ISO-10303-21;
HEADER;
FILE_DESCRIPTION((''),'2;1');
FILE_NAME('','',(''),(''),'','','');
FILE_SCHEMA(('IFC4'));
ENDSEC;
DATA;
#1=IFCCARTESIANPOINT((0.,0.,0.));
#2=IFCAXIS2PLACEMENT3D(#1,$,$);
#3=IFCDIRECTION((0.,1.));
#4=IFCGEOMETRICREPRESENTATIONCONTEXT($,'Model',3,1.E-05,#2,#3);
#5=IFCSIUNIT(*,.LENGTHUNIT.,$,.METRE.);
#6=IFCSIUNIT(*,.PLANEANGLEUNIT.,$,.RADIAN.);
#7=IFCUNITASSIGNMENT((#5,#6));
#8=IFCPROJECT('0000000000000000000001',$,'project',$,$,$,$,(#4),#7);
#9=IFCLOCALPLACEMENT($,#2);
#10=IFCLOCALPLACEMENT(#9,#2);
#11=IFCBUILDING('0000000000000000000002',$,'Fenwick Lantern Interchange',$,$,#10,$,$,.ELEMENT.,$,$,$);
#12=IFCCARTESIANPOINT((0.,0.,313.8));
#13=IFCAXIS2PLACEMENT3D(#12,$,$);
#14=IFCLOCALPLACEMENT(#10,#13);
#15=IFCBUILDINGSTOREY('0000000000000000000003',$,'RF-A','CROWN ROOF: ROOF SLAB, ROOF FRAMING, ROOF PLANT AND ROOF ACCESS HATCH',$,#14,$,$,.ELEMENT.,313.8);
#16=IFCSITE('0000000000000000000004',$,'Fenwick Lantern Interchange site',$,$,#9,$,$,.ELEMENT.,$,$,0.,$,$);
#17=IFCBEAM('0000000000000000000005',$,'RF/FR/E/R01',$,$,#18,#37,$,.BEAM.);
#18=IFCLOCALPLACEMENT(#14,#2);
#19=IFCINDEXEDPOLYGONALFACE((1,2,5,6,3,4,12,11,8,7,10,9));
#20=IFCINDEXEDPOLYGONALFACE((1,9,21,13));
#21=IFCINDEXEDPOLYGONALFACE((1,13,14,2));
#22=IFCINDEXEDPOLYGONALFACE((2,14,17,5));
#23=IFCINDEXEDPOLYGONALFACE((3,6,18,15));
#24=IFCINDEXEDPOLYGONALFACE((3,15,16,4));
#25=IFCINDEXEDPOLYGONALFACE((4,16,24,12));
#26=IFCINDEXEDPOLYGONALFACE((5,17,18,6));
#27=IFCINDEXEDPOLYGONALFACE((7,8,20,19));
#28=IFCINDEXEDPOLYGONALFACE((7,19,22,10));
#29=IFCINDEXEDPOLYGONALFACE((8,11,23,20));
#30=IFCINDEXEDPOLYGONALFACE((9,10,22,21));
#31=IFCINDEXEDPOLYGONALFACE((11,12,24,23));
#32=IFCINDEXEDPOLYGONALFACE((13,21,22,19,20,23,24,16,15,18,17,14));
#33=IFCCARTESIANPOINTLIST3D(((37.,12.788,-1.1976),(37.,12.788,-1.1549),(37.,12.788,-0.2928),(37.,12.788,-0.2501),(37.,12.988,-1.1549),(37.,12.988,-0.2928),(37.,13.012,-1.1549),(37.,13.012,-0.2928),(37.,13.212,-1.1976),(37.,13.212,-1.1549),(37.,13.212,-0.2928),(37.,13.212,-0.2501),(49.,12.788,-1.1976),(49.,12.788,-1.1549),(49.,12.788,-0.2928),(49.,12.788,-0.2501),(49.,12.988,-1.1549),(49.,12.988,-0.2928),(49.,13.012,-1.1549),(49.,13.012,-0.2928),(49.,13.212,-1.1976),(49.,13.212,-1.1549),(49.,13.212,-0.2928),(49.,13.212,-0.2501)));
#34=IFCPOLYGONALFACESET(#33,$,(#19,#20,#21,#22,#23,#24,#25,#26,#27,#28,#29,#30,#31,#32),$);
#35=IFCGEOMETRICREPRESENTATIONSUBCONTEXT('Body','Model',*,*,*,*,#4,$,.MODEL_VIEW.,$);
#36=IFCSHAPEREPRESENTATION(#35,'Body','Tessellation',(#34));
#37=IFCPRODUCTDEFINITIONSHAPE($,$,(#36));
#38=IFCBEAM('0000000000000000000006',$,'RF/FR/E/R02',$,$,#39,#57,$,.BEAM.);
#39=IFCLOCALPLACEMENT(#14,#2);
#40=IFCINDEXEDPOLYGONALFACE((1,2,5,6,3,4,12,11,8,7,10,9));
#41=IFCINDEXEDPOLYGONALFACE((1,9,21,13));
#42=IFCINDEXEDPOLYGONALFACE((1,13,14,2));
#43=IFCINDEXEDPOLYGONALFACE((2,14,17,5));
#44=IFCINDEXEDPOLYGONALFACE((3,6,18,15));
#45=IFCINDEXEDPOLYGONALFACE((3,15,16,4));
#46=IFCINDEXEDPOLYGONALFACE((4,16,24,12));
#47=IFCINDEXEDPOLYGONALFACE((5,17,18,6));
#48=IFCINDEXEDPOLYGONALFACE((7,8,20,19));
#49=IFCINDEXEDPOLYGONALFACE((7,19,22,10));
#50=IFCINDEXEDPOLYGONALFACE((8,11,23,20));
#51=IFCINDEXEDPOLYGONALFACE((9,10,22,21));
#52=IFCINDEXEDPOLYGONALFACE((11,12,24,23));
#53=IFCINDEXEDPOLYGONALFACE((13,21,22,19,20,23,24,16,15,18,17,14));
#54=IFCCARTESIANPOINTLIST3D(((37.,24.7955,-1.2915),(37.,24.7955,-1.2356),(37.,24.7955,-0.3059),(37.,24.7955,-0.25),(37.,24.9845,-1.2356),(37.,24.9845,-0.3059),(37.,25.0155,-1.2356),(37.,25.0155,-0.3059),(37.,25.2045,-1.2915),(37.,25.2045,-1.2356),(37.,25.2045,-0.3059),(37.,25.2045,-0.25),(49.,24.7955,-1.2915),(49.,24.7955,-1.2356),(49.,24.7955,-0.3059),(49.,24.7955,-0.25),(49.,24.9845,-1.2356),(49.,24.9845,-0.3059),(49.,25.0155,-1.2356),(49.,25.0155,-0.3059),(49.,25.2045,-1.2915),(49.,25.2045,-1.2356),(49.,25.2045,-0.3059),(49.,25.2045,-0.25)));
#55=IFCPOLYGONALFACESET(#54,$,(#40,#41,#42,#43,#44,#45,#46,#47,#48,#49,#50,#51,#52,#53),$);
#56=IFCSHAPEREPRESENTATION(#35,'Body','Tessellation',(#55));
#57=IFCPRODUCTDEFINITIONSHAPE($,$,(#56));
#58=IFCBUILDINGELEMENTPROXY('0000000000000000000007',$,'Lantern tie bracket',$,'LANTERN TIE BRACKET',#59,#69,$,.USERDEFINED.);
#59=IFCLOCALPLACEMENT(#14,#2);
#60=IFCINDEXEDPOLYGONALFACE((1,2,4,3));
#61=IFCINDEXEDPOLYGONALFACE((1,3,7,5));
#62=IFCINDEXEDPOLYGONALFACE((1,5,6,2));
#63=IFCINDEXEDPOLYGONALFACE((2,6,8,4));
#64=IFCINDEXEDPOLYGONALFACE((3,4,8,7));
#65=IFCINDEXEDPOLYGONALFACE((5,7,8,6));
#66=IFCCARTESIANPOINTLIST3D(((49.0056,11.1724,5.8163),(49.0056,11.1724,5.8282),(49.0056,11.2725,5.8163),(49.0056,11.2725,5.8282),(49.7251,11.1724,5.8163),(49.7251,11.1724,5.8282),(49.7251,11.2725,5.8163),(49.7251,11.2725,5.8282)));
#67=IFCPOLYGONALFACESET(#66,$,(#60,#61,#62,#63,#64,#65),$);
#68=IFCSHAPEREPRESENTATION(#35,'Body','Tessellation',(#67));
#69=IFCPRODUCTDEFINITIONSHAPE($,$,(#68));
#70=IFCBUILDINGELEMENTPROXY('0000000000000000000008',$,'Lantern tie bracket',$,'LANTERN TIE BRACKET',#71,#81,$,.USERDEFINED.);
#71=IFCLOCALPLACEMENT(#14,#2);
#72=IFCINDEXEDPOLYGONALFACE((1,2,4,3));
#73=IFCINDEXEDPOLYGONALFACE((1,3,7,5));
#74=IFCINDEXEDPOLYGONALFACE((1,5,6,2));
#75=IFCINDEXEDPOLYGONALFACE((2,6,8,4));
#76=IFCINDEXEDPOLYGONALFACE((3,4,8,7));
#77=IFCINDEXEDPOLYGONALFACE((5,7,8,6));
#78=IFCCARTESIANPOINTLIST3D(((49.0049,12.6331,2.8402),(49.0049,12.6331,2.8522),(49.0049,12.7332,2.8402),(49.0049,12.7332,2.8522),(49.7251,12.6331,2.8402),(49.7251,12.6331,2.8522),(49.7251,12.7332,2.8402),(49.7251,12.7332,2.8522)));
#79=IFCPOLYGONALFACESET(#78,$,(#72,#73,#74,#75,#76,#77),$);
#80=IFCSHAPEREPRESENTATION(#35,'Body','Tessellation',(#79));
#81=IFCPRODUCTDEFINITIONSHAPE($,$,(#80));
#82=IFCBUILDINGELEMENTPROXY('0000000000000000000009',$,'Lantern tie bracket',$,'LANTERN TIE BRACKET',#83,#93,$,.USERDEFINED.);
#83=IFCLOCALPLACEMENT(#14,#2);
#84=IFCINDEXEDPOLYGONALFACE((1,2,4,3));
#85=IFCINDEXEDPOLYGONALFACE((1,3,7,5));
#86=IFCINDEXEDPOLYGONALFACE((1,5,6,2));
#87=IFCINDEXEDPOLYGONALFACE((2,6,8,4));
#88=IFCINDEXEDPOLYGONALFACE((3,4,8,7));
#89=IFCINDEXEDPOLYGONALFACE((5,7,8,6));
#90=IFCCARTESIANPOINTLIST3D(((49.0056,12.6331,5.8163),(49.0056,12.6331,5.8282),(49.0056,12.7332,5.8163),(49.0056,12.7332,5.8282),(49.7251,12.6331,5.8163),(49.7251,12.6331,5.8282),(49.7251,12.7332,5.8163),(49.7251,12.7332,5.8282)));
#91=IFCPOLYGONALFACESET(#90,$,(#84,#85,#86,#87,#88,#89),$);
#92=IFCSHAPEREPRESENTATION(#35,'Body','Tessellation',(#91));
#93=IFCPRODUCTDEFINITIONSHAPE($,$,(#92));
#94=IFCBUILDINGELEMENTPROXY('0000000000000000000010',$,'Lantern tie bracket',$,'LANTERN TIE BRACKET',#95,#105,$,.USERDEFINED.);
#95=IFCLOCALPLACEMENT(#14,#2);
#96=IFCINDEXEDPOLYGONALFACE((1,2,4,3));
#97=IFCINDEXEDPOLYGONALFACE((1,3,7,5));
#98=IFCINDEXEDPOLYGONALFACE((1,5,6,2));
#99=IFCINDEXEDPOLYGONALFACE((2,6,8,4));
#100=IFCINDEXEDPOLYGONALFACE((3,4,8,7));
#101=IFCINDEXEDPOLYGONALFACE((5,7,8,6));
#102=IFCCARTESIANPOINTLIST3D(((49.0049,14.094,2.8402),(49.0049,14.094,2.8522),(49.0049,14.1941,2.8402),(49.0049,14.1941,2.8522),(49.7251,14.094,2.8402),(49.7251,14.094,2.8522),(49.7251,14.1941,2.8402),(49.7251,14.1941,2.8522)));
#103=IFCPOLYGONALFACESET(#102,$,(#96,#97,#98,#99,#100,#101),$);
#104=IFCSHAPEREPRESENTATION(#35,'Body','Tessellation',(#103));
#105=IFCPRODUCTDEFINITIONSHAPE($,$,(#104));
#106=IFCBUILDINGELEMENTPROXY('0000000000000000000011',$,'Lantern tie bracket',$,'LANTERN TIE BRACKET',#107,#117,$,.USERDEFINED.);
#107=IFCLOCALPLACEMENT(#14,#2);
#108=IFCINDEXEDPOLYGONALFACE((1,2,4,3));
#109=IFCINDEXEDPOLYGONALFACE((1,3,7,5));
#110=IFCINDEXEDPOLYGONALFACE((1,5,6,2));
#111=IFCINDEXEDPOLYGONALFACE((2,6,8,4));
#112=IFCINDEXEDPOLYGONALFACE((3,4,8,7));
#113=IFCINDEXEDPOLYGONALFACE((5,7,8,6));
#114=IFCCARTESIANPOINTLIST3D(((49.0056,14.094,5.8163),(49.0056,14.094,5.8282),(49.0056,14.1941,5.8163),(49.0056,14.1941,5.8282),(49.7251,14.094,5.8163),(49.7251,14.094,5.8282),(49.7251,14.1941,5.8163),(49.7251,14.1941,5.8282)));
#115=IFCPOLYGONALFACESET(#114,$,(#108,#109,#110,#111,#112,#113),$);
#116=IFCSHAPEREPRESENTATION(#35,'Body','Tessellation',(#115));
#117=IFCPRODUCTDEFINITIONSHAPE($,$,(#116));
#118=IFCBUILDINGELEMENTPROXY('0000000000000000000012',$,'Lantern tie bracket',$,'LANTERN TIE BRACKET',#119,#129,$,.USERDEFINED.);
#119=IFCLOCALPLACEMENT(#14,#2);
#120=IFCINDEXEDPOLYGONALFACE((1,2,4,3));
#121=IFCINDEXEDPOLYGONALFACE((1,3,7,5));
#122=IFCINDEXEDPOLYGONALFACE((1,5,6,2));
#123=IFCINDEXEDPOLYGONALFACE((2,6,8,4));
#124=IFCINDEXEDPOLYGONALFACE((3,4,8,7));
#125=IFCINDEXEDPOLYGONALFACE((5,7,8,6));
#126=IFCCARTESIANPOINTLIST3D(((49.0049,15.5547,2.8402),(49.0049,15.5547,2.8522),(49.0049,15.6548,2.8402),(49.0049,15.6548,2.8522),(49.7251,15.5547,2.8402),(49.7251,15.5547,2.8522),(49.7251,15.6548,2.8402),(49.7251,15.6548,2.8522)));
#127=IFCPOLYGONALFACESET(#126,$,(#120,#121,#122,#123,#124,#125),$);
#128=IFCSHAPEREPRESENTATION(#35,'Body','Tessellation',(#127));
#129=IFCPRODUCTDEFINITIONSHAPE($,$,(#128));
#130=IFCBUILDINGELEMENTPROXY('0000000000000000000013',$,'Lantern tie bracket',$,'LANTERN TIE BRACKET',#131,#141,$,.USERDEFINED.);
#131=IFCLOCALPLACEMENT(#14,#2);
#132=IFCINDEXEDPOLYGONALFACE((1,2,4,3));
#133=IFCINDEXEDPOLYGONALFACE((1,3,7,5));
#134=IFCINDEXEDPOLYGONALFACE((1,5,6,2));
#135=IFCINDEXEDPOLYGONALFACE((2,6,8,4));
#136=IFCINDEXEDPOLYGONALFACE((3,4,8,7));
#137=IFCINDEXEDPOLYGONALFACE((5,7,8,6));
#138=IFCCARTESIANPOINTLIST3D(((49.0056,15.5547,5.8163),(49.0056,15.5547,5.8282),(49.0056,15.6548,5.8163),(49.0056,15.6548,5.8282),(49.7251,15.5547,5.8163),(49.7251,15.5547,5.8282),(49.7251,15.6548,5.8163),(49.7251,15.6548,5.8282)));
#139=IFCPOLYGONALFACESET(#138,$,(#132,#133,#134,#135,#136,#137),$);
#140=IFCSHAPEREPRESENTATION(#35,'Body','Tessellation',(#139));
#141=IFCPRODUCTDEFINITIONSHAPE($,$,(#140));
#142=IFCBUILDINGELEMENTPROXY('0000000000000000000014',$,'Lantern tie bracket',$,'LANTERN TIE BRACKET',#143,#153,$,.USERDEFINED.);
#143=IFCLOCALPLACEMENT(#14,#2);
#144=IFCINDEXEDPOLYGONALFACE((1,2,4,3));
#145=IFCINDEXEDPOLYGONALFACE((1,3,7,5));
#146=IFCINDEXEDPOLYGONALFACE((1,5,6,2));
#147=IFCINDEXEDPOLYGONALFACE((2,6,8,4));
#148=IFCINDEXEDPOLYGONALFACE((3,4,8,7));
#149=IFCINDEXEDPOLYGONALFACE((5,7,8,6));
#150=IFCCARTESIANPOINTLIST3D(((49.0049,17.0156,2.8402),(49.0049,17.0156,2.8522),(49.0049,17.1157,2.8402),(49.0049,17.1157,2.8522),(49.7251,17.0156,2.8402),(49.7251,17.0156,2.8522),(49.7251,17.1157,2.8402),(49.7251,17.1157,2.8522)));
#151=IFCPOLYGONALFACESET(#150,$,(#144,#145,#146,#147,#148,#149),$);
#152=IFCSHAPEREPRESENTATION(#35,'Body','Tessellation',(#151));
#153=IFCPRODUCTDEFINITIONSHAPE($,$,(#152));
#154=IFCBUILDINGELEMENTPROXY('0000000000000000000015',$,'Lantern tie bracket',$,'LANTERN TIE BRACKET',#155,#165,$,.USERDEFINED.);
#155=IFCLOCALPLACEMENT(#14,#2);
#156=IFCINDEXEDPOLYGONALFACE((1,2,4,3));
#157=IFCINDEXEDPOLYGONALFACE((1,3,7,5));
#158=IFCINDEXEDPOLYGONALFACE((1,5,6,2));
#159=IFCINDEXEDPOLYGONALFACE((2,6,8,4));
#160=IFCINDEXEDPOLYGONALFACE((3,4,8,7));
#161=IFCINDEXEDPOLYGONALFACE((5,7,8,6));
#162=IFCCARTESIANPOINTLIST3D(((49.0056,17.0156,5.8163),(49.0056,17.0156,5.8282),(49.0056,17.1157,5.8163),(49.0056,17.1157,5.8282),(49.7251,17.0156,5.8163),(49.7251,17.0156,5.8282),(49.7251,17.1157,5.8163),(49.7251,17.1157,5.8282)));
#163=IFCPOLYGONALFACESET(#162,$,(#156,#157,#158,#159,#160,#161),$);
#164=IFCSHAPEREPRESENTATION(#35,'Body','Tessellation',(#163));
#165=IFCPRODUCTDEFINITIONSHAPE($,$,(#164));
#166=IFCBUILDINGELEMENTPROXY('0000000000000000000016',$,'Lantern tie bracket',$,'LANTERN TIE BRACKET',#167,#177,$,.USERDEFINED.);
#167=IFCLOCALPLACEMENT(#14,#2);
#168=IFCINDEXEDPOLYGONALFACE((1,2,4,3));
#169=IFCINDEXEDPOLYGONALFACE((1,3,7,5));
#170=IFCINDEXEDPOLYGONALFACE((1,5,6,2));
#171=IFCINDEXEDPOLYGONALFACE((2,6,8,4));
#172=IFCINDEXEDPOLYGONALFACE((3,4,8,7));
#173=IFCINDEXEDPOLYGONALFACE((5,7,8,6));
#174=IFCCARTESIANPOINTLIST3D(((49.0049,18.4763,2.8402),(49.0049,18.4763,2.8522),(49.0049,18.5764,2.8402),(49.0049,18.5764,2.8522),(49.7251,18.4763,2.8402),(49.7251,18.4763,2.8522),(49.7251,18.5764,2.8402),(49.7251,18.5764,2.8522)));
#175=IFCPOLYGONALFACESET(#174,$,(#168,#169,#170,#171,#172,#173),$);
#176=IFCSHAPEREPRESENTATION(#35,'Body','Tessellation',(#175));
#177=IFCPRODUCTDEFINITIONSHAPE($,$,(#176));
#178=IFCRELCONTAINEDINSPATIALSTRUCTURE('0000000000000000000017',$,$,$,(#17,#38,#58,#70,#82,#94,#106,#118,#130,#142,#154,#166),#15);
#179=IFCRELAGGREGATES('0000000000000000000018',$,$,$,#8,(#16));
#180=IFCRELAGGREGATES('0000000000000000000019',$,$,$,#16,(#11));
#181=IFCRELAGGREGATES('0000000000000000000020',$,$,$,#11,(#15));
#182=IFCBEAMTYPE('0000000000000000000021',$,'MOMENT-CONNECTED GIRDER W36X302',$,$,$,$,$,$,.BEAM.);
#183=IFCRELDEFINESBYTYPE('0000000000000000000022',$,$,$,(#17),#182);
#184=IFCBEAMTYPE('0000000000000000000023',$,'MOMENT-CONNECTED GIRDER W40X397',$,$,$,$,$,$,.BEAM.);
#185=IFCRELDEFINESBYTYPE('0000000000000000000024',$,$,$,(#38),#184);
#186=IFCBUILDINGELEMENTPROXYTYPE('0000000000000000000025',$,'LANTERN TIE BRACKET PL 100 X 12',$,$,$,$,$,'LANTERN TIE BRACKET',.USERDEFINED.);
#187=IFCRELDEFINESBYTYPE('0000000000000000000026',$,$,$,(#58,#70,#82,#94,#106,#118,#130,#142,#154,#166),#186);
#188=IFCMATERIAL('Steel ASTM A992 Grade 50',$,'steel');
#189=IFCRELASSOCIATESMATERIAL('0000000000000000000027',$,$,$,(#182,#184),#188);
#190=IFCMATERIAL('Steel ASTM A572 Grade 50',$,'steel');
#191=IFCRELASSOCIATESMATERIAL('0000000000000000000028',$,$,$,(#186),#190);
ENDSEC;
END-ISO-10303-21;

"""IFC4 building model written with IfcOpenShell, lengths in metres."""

from ifc_helpers import new_model, si_unit, direction, frame, origin, origin_2d, place, context, subcontext, project, spatial, rectangle, i_section, extrude, material, material_profile, profile_set, type_object, element, save


model = new_model("IFC4")

# Units and contexts
model_context = context("Model", 3, precision=1e-05, world=origin(), true_north=direction((0.0, 1.0)))
body_context = subcontext(model_context, "Body", "Model", "MODEL_VIEW")
ifc_project = project(units=[si_unit("LENGTHUNIT", "METRE"), si_unit("PLANEANGLEUNIT", "RADIAN")], contexts=[model_context])

# Site, building, storey
site_placement = place(None, origin())
site = spatial("IfcSite", under=ifc_project, at=site_placement, Name="Fenwick Lantern Interchange site", CompositionType="ELEMENT", RefElevation=0.0)
building_placement = place(site_placement, origin())
building = spatial("IfcBuilding", under=site, at=building_placement, Name="Fenwick Lantern Interchange", CompositionType="ELEMENT")
storey_placement = place(building_placement, frame((0.0, 0.0, 313.8)))
storey = spatial("IfcBuildingStorey", under=building, at=storey_placement, Name="RF-A", Description="CROWN ROOF: ROOF SLAB, ROOF FRAMING, ROOF PLANT AND ROOF ACCESS HATCH", CompositionType="ELEMENT", Elevation=313.8)

# Shared definitions
ifc_material_1 = material(Name="Steel ASTM A992 Grade 50", Category="steel")

# Beams
ifc_material_profile_1 = material_profile(ifc_material_1, i_section(OverallWidth=0.4241, OverallDepth=0.9475, WebThickness=0.0239, FlangeThickness=0.0427, at=origin_2d()), Name="W36X302")
ifc_profile_set_1 = profile_set([ifc_material_profile_1], Name="Steel ASTM A992 Grade 50")
beam_type_1 = type_object("IfcBeamType", Name="MOMENT-CONNECTED GIRDER W36X302", PredefinedType="BEAM", material=ifc_profile_set_1)
beam_1_placement = place(storey_placement, frame((49.0, 13.0, -0.7239), z_axis=(-1.0, 0.0, 0.0), x_axis=(0.0, -1.0, 0.0)))
element("IfcBeam", 1, at=beam_1_placement, inside=storey, type_object=beam_type_1, Name="RF/FR/E/R01", PredefinedType="BEAM", context=body_context, shape_type="SweptSolid", body=[
    extrude(i_section(OverallWidth=0.4241, OverallDepth=0.9475, WebThickness=0.0239, FlangeThickness=0.0427, at=origin_2d()), origin(), (0.0, 0.0, 1.0), 12.0),
])
ifc_material_profile_2 = material_profile(ifc_material_1, i_section(OverallWidth=0.4089, OverallDepth=1.0415, WebThickness=0.031, FlangeThickness=0.0559, at=origin_2d()), Name="W40X397")
ifc_profile_set_2 = profile_set([ifc_material_profile_2], Name="Steel ASTM A992 Grade 50")
beam_type_2 = type_object("IfcBeamType", Name="MOMENT-CONNECTED GIRDER W40X397", PredefinedType="BEAM", material=ifc_profile_set_2)
beam_2_placement = place(storey_placement, frame((49.0, 25.0, -0.7708), z_axis=(-1.0, 0.0, 0.0), x_axis=(0.0, -1.0, 0.0)))
element("IfcBeam", 2, at=beam_2_placement, inside=storey, type_object=beam_type_2, Name="RF/FR/E/R02", PredefinedType="BEAM", context=body_context, shape_type="SweptSolid", body=[
    extrude(i_section(OverallWidth=0.4089, OverallDepth=1.0415, WebThickness=0.031, FlangeThickness=0.0559, at=origin_2d()), origin(), (0.0, 0.0, 1.0), 12.0),
])

# Building element proxies
ifc_material_2 = material(Name="Steel ASTM A572 Grade 50", Category="steel")
ifc_material_profile_3 = material_profile(ifc_material_2, rectangle(XDim=0.1001, YDim=0.012, at=origin_2d()), Name="PL100X12")
ifc_profile_set_3 = profile_set([ifc_material_profile_3], Name="Steel ASTM A572 Grade 50")
building_element_proxy_type_1 = type_object("IfcBuildingElementProxyType", Name="LANTERN TIE BRACKET PL 100 X 12", ElementType="LANTERN TIE BRACKET", PredefinedType="USERDEFINED", material=ifc_profile_set_3)
proxy_1_placement = place(storey_placement, frame((49.7251, 11.2224, 5.8223), z_axis=(-1.0, 0.0, 0.0), x_axis=(0.0, -1.0, 0.0)))
element("IfcBuildingElementProxy", 3, at=proxy_1_placement, inside=storey, type_object=building_element_proxy_type_1, Name="Lantern tie bracket", ObjectType="LANTERN TIE BRACKET", PredefinedType="USERDEFINED", context=body_context, shape_type="SweptSolid", body=[
    extrude(rectangle(XDim=0.1001, YDim=0.012, at=origin_2d()), origin(), (0.0, 0.0, 1.0), 0.7195),
])
proxy_2_placement = place(storey_placement, frame((49.7251, 12.6831, 2.8462), z_axis=(-1.0, 0.0, 0.0), x_axis=(0.0, -1.0, 0.0)))
element("IfcBuildingElementProxy", 4, at=proxy_2_placement, inside=storey, type_object=building_element_proxy_type_1, Name="Lantern tie bracket", ObjectType="LANTERN TIE BRACKET", PredefinedType="USERDEFINED", context=body_context, shape_type="SweptSolid", body=[
    extrude(rectangle(XDim=0.1001, YDim=0.012, at=origin_2d()), origin(), (0.0, 0.0, 1.0), 0.7202),
])
proxy_3_placement = place(storey_placement, frame((49.7251, 12.6831, 5.8223), z_axis=(-1.0, 0.0, 0.0), x_axis=(0.0, -1.0, 0.0)))
element("IfcBuildingElementProxy", 5, at=proxy_3_placement, inside=storey, type_object=building_element_proxy_type_1, Name="Lantern tie bracket", ObjectType="LANTERN TIE BRACKET", PredefinedType="USERDEFINED", context=body_context, shape_type="SweptSolid", body=[
    extrude(rectangle(XDim=0.1001, YDim=0.012, at=origin_2d()), origin(), (0.0, 0.0, 1.0), 0.7195),
])
proxy_4_placement = place(storey_placement, frame((49.7251, 14.144, 2.8462), z_axis=(-1.0, 0.0, 0.0), x_axis=(0.0, -1.0, 0.0)))
element("IfcBuildingElementProxy", 6, at=proxy_4_placement, inside=storey, type_object=building_element_proxy_type_1, Name="Lantern tie bracket", ObjectType="LANTERN TIE BRACKET", PredefinedType="USERDEFINED", context=body_context, shape_type="SweptSolid", body=[
    extrude(rectangle(XDim=0.1001, YDim=0.012, at=origin_2d()), origin(), (0.0, 0.0, 1.0), 0.7202),
])
proxy_5_placement = place(storey_placement, frame((49.7251, 14.144, 5.8223), z_axis=(-1.0, 0.0, 0.0), x_axis=(0.0, -1.0, 0.0)))
element("IfcBuildingElementProxy", 7, at=proxy_5_placement, inside=storey, type_object=building_element_proxy_type_1, Name="Lantern tie bracket", ObjectType="LANTERN TIE BRACKET", PredefinedType="USERDEFINED", context=body_context, shape_type="SweptSolid", body=[
    extrude(rectangle(XDim=0.1001, YDim=0.012, at=origin_2d()), origin(), (0.0, 0.0, 1.0), 0.7195),
])
proxy_6_placement = place(storey_placement, frame((49.7251, 15.6047, 2.8462), z_axis=(-1.0, 0.0, 0.0), x_axis=(0.0, -1.0, 0.0)))
element("IfcBuildingElementProxy", 8, at=proxy_6_placement, inside=storey, type_object=building_element_proxy_type_1, Name="Lantern tie bracket", ObjectType="LANTERN TIE BRACKET", PredefinedType="USERDEFINED", context=body_context, shape_type="SweptSolid", body=[
    extrude(rectangle(XDim=0.1001, YDim=0.012, at=origin_2d()), origin(), (0.0, 0.0, 1.0), 0.7202),
])
proxy_7_placement = place(storey_placement, frame((49.7251, 15.6047, 5.8223), z_axis=(-1.0, 0.0, 0.0), x_axis=(0.0, -1.0, 0.0)))
element("IfcBuildingElementProxy", 9, at=proxy_7_placement, inside=storey, type_object=building_element_proxy_type_1, Name="Lantern tie bracket", ObjectType="LANTERN TIE BRACKET", PredefinedType="USERDEFINED", context=body_context, shape_type="SweptSolid", body=[
    extrude(rectangle(XDim=0.1001, YDim=0.012, at=origin_2d()), origin(), (0.0, 0.0, 1.0), 0.7195),
])
proxy_8_placement = place(storey_placement, frame((49.7251, 17.0657, 2.8462), z_axis=(-1.0, 0.0, 0.0), x_axis=(0.0, -1.0, 0.0)))
element("IfcBuildingElementProxy", 10, at=proxy_8_placement, inside=storey, type_object=building_element_proxy_type_1, Name="Lantern tie bracket", ObjectType="LANTERN TIE BRACKET", PredefinedType="USERDEFINED", context=body_context, shape_type="SweptSolid", body=[
    extrude(rectangle(XDim=0.1001, YDim=0.012, at=origin_2d()), origin(), (0.0, 0.0, 1.0), 0.7202),
])
proxy_9_placement = place(storey_placement, frame((49.7251, 17.0657, 5.8223), z_axis=(-1.0, 0.0, 0.0), x_axis=(0.0, -1.0, 0.0)))
element("IfcBuildingElementProxy", 11, at=proxy_9_placement, inside=storey, type_object=building_element_proxy_type_1, Name="Lantern tie bracket", ObjectType="LANTERN TIE BRACKET", PredefinedType="USERDEFINED", context=body_context, shape_type="SweptSolid", body=[
    extrude(rectangle(XDim=0.1001, YDim=0.012, at=origin_2d()), origin(), (0.0, 0.0, 1.0), 0.7195),
])
proxy_10_placement = place(storey_placement, frame((49.7251, 18.5264, 2.8462), z_axis=(-1.0, 0.0, 0.0), x_axis=(0.0, -1.0, 0.0)))
element("IfcBuildingElementProxy", 12, at=proxy_10_placement, inside=storey, type_object=building_element_proxy_type_1, Name="Lantern tie bracket", ObjectType="LANTERN TIE BRACKET", PredefinedType="USERDEFINED", context=body_context, shape_type="SweptSolid", body=[
    extrude(rectangle(XDim=0.1001, YDim=0.012, at=origin_2d()), origin(), (0.0, 0.0, 1.0), 0.7202),
])

save(model, "model.ifc")
